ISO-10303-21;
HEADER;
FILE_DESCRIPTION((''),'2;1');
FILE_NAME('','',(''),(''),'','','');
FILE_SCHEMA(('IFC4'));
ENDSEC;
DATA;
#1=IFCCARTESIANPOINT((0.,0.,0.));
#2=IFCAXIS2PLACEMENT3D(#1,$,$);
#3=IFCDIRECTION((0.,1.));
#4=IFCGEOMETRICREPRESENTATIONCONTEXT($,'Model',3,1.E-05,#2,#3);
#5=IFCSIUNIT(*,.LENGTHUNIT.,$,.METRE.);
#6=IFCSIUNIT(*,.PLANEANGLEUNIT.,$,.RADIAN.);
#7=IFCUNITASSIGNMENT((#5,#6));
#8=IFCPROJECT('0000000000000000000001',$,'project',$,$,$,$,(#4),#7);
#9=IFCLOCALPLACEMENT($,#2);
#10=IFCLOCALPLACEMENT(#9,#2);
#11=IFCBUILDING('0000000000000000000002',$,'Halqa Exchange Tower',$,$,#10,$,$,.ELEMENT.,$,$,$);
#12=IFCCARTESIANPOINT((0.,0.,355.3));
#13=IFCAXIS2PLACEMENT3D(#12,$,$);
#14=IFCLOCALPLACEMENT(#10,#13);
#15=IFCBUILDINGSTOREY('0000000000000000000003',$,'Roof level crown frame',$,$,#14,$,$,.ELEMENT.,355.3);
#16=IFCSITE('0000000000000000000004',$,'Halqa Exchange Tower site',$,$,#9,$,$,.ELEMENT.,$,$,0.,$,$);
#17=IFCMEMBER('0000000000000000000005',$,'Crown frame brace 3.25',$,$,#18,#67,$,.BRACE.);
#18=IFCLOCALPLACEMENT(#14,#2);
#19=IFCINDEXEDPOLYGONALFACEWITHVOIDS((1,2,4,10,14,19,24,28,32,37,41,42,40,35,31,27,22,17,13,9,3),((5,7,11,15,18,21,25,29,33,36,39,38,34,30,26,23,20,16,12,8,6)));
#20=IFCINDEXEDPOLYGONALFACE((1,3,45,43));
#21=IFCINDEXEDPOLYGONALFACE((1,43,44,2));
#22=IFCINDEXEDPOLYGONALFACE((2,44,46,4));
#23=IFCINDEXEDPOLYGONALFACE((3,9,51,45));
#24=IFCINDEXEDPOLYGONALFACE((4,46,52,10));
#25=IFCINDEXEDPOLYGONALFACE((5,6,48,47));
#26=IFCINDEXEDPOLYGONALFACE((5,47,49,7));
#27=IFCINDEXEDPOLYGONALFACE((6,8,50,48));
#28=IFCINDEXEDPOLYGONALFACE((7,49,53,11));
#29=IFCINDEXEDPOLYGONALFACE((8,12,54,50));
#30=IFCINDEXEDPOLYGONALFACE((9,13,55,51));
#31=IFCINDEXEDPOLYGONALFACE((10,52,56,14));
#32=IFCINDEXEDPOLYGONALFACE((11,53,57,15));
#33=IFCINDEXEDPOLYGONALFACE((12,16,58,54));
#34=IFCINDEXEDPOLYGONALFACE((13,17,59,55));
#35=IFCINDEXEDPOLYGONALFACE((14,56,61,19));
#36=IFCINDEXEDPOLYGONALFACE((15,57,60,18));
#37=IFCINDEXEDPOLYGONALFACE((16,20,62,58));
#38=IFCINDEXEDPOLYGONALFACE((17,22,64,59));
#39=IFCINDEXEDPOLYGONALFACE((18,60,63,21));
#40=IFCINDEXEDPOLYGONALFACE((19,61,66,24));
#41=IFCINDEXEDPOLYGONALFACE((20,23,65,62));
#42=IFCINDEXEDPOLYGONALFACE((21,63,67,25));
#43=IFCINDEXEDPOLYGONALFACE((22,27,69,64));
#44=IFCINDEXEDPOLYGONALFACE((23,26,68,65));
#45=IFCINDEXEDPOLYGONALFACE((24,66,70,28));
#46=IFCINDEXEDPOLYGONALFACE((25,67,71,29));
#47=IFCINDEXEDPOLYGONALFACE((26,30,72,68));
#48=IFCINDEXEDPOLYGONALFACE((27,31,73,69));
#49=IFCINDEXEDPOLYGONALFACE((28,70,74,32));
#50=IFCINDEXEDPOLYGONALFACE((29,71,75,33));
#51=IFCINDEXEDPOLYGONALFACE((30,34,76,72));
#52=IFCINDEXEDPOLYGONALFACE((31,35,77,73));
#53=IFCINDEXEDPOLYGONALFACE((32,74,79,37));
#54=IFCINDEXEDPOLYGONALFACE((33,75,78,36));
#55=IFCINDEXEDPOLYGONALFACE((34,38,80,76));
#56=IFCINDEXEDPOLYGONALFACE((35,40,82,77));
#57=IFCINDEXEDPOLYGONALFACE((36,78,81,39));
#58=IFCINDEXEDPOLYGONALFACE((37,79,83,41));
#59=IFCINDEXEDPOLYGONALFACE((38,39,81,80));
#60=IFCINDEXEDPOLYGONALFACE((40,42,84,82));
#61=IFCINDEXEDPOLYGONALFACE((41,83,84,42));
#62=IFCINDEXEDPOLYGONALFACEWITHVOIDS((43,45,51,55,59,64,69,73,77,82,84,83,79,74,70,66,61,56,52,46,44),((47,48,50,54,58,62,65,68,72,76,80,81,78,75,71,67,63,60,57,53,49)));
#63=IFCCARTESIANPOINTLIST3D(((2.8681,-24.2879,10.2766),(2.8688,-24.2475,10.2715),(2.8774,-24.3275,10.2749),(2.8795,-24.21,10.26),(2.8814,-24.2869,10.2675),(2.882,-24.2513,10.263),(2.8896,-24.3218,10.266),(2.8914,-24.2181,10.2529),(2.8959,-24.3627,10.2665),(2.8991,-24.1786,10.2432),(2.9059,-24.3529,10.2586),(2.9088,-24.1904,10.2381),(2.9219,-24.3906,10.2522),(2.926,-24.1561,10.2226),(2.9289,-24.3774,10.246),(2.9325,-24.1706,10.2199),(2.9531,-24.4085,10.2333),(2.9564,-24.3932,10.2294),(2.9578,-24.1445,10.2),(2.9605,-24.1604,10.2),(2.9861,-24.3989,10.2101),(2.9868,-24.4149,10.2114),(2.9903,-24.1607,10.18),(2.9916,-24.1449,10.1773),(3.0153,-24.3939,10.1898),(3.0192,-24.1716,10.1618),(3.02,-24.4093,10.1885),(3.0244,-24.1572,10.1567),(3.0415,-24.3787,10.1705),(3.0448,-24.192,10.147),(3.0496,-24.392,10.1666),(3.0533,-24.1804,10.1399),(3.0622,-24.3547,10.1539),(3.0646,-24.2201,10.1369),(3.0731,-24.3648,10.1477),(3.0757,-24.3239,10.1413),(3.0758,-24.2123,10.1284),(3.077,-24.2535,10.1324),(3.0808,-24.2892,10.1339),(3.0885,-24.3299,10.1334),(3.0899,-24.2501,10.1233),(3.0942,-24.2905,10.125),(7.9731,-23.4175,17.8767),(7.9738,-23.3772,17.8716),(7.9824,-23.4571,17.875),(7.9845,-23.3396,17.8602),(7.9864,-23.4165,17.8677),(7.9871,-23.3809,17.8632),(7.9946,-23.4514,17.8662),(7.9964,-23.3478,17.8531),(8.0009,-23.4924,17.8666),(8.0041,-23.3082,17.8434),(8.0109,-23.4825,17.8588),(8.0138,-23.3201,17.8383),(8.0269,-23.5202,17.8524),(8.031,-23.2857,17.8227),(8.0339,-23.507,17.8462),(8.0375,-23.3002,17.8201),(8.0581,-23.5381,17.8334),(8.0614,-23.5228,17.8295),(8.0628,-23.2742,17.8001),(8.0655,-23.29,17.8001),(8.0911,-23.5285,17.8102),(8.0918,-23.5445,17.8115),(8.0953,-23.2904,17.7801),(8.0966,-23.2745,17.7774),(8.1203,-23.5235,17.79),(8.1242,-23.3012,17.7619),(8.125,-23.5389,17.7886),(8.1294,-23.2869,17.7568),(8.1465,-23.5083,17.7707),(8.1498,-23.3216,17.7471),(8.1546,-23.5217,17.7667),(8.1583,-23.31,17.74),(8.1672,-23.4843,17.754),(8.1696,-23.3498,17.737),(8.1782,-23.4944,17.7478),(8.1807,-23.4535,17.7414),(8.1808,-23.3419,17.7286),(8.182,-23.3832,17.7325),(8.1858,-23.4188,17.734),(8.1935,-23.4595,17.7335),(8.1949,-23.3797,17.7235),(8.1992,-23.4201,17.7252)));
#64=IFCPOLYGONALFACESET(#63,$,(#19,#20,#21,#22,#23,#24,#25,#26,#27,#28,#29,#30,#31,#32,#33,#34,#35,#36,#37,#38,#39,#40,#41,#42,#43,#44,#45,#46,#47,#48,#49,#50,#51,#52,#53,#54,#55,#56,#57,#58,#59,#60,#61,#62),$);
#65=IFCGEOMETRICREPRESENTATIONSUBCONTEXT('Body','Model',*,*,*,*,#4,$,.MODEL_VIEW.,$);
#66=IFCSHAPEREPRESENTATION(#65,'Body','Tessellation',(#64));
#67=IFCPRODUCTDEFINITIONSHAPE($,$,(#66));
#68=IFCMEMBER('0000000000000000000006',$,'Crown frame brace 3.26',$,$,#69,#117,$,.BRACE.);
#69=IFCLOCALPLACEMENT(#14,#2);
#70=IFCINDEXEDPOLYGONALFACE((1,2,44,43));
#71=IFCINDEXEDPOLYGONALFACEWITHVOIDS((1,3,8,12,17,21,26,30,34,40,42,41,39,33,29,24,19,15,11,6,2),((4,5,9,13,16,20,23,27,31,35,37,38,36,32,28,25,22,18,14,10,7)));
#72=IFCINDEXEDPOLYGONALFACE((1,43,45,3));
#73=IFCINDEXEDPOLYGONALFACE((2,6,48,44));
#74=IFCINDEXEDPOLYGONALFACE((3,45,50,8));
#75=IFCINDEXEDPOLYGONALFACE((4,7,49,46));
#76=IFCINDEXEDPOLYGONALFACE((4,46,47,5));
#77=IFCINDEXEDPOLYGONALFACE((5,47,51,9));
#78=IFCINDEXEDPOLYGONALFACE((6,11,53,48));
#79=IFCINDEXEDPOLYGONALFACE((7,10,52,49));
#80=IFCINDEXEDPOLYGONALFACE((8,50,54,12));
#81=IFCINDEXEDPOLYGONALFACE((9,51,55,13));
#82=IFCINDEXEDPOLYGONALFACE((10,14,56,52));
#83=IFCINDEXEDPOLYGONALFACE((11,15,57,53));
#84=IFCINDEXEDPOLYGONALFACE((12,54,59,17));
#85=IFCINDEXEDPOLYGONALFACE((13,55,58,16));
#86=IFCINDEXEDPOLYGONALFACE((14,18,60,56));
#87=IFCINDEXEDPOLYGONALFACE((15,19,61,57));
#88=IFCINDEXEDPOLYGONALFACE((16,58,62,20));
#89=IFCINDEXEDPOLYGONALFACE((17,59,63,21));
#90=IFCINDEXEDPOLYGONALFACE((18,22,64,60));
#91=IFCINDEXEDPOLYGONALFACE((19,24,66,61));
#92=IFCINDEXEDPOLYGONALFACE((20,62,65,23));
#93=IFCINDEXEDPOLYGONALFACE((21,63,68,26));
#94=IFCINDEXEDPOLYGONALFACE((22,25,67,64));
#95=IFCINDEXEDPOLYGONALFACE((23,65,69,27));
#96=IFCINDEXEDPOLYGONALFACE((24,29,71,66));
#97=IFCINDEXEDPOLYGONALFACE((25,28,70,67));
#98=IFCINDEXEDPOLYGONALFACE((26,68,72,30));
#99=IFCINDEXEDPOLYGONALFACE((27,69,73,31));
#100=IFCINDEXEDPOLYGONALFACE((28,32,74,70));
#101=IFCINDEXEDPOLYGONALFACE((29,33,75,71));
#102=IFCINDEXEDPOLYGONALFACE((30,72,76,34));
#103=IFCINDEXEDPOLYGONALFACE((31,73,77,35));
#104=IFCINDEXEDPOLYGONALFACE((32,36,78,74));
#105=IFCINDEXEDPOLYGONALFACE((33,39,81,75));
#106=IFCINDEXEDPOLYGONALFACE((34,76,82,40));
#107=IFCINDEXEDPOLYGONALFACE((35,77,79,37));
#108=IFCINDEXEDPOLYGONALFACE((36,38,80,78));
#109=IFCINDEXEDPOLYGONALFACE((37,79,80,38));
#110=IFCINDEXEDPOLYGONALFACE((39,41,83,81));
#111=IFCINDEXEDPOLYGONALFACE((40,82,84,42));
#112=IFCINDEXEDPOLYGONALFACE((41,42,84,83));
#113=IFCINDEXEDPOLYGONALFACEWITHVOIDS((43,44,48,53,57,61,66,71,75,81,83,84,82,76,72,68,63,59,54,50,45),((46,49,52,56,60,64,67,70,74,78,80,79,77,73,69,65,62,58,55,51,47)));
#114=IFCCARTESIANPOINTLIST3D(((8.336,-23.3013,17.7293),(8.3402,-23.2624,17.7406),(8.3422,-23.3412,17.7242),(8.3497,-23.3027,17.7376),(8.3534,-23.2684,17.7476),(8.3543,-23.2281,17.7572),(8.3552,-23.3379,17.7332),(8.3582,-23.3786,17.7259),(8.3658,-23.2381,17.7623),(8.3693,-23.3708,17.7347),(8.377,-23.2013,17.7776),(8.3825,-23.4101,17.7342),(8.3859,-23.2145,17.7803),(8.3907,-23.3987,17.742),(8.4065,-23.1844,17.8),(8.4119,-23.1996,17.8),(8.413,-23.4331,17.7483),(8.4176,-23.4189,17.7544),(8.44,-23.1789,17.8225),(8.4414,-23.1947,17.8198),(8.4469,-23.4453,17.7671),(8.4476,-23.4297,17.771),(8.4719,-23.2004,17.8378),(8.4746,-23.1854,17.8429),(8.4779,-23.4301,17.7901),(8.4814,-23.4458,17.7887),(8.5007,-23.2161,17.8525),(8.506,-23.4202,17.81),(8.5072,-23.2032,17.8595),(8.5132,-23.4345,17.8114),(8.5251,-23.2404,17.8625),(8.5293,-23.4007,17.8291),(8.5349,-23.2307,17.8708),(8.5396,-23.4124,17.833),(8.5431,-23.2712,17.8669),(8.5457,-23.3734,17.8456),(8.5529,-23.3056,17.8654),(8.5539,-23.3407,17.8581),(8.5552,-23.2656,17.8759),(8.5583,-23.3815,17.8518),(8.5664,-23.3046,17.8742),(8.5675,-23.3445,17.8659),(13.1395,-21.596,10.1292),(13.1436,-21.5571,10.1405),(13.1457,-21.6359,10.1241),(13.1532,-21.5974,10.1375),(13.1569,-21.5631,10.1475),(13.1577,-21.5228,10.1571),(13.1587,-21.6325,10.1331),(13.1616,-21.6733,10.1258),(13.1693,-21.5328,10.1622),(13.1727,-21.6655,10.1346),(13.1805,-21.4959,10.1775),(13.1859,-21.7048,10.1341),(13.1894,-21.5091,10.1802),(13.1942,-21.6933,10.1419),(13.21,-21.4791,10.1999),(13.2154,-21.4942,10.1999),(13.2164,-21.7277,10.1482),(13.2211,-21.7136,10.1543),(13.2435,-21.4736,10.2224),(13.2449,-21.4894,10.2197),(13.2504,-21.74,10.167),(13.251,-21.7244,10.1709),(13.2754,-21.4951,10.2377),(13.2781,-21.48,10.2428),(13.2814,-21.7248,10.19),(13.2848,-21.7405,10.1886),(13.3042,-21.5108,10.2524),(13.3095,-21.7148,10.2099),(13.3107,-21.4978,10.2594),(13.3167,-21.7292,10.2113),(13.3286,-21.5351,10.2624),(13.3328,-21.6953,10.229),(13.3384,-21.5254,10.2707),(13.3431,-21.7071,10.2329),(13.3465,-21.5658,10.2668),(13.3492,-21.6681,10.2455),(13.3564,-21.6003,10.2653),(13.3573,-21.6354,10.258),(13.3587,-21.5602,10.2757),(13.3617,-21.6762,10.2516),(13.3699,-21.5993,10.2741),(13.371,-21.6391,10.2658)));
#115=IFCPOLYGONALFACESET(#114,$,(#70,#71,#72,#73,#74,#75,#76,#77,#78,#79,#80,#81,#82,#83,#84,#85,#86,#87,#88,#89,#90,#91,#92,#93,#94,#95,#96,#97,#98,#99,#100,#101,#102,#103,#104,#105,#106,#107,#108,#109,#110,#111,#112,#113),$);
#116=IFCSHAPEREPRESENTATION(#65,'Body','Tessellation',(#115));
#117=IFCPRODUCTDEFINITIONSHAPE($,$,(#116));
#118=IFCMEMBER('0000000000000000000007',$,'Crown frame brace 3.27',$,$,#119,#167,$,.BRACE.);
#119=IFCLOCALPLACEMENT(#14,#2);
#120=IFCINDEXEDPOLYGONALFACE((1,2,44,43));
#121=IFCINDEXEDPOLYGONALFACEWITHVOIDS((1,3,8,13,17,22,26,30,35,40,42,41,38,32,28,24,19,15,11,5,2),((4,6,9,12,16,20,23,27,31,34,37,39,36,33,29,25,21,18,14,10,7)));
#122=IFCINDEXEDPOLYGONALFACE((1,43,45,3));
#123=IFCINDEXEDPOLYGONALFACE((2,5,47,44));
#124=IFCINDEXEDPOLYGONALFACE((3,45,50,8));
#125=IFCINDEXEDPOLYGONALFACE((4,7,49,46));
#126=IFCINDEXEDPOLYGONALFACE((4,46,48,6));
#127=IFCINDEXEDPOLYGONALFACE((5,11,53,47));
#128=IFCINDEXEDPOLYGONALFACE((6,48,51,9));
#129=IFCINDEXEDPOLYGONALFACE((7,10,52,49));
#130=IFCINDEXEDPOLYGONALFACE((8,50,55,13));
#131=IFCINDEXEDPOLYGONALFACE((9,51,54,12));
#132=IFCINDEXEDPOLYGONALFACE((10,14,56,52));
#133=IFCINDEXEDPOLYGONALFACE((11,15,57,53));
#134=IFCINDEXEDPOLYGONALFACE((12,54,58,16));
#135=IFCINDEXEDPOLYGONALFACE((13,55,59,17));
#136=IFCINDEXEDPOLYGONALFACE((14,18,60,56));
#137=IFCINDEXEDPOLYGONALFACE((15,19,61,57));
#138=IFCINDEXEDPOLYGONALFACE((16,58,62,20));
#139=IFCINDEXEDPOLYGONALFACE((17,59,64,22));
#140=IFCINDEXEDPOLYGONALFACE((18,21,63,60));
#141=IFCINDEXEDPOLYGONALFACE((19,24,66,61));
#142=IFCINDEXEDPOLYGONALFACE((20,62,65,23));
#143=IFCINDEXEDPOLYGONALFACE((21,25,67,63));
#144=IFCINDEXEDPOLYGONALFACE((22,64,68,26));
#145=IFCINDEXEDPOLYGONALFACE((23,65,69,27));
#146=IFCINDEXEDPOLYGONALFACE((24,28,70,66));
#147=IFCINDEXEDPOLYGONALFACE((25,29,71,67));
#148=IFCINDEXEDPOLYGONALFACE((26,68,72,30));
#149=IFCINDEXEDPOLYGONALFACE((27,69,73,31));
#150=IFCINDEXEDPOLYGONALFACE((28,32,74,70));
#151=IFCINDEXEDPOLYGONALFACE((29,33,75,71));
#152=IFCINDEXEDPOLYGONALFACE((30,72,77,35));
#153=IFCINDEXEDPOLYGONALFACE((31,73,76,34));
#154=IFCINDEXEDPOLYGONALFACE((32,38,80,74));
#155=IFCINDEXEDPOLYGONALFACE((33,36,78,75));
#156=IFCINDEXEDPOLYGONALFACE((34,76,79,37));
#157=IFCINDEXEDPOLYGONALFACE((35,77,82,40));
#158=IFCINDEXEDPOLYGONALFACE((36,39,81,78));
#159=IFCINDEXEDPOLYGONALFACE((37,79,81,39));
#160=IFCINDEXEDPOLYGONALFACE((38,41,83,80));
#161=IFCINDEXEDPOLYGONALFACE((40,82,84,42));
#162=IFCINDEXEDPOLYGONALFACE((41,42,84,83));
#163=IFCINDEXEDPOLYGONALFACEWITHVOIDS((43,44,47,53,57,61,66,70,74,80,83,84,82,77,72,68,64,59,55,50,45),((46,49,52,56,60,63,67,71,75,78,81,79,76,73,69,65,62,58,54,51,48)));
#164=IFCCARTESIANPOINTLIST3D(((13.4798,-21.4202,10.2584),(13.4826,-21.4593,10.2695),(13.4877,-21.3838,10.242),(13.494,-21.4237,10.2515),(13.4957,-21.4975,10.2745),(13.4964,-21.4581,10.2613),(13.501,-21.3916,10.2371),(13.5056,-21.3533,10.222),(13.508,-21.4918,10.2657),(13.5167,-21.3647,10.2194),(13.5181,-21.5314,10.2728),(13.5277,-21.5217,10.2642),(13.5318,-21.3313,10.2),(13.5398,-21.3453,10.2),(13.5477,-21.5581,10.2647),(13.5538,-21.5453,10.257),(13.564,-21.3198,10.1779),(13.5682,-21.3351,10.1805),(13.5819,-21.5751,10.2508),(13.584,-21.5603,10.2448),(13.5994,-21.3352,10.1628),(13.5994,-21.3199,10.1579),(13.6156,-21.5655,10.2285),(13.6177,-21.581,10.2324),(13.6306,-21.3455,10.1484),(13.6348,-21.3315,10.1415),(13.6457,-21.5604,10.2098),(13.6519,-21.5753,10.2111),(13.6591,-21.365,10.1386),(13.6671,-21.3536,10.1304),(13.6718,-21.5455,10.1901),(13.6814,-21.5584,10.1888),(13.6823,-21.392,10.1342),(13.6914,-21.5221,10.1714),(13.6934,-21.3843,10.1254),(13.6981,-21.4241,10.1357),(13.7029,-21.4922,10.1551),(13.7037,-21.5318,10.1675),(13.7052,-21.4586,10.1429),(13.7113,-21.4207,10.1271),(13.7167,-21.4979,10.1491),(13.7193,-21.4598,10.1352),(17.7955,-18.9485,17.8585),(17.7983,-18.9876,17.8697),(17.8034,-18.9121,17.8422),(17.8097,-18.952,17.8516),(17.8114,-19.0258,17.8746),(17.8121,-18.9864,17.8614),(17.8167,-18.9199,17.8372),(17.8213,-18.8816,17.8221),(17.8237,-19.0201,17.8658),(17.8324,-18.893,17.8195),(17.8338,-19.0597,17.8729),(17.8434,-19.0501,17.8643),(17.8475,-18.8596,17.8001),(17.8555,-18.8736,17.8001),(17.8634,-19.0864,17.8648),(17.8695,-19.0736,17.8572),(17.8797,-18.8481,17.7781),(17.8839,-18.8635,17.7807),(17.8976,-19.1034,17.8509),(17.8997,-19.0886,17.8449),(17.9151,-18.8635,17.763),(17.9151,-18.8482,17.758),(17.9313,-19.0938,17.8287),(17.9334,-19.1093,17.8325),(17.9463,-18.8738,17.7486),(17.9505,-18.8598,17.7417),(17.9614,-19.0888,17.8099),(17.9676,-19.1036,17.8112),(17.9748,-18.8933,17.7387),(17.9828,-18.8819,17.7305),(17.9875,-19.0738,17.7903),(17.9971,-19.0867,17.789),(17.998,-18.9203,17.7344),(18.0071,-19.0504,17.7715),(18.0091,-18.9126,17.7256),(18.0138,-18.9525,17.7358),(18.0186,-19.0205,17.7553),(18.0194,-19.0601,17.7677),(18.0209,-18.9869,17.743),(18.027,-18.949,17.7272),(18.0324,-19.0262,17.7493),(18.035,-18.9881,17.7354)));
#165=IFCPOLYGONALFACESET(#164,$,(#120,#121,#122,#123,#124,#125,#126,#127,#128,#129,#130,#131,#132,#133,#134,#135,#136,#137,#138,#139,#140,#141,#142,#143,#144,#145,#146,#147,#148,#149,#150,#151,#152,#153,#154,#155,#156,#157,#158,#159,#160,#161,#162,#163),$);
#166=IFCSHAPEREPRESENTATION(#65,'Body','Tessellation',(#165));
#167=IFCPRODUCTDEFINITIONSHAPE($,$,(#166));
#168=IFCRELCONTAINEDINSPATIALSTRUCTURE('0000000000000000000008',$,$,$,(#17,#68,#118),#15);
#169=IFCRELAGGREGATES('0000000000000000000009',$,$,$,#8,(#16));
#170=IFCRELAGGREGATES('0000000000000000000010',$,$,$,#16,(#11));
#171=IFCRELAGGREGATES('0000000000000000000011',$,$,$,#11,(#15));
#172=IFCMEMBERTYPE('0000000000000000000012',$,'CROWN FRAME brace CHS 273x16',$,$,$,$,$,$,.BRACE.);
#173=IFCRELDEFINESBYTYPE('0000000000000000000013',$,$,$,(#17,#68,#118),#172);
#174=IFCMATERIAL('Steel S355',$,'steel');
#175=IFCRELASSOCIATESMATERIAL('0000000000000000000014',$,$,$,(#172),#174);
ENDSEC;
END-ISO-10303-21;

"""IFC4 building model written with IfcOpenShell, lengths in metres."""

from ifc_helpers import new_model, si_unit, direction, frame, origin, origin_2d, place, context, subcontext, project, spatial, hollow_circle, extrude, material, material_profile, profile_set, type_object, element, save


model = new_model("IFC4")

# Units and contexts
model_context = context("Model", 3, precision=1e-05, world=origin(), true_north=direction((0.0, 1.0)))
body_context = subcontext(model_context, "Body", "Model", "MODEL_VIEW")
ifc_project = project(units=[si_unit("LENGTHUNIT", "METRE"), si_unit("PLANEANGLEUNIT", "RADIAN")], contexts=[model_context])

# Site, building, storey
site_placement = place(None, origin())
site = spatial("IfcSite", under=ifc_project, at=site_placement, Name="Halqa Exchange Tower site", CompositionType="ELEMENT", RefElevation=0.0)
building_placement = place(site_placement, origin())
building = spatial("IfcBuilding", under=site, at=building_placement, Name="Halqa Exchange Tower", CompositionType="ELEMENT")
storey_placement = place(building_placement, frame((0.0, 0.0, 355.3)))
storey = spatial("IfcBuildingStorey", under=building, at=storey_placement, Name="Roof level crown frame", CompositionType="ELEMENT", Elevation=355.3)

# Members
ifc_material_1 = material(Name="Steel S355", Category="steel")
ifc_material_profile_1 = material_profile(ifc_material_1, hollow_circle(Radius=0.1365, WallThickness=0.0161, at=origin_2d()), Name="CHS 273x16")
ifc_profile_set_1 = profile_set([ifc_material_profile_1], Name="Steel S355")
member_type = type_object("IfcMemberType", Name="CROWN FRAME brace CHS 273x16", PredefinedType="BRACE", material=ifc_profile_set_1)
member_1_placement = place(storey_placement, frame((2.9807, -24.2791, 10.2), z_axis=(0.555086, 0.094638, 0.826391), x_axis=(-0.168067, 0.985776, 0.0)))
element("IfcMember", 1, at=member_1_placement, inside=storey, type_object=member_type, Name="Crown frame brace 3.25", PredefinedType="BRACE", context=body_context, shape_type="SweptSolid", body=[
    extrude(hollow_circle(Radius=0.1365, WallThickness=0.0161, at=origin_2d()), origin(), (0.0, 0.0, 1.0), 9.1968),
])
member_2_placement = place(storey_placement, frame((8.4521, -23.313, 17.8), z_axis=(0.524905, 0.186351, -0.830511), x_axis=(-0.334561, 0.942374, 0.0)))
element("IfcMember", 2, at=member_2_placement, inside=storey, type_object=member_type, Name="Crown frame brace 3.26", PredefinedType="BRACE", context=body_context, shape_type="SweptSolid", body=[
    extrude(hollow_circle(Radius=0.1365, WallThickness=0.0161, at=origin_2d()), origin(), (0.0, 0.0, 1.0), 9.1511),
])
member_3_placement = place(storey_placement, frame((13.5996, -21.4497, 10.2), z_axis=(0.475152, 0.27213, 0.836765), x_axis=(-0.496985, 0.867759, 0.0)))
element("IfcMember", 3, at=member_3_placement, inside=storey, type_object=member_type, Name="Crown frame brace 3.27", PredefinedType="BRACE", context=body_context, shape_type="SweptSolid", body=[
    extrude(hollow_circle(Radius=0.1365, WallThickness=0.0161, at=origin_2d()), origin(), (0.0, 0.0, 1.0), 9.0828),
])

save(model, "model.ifc")
